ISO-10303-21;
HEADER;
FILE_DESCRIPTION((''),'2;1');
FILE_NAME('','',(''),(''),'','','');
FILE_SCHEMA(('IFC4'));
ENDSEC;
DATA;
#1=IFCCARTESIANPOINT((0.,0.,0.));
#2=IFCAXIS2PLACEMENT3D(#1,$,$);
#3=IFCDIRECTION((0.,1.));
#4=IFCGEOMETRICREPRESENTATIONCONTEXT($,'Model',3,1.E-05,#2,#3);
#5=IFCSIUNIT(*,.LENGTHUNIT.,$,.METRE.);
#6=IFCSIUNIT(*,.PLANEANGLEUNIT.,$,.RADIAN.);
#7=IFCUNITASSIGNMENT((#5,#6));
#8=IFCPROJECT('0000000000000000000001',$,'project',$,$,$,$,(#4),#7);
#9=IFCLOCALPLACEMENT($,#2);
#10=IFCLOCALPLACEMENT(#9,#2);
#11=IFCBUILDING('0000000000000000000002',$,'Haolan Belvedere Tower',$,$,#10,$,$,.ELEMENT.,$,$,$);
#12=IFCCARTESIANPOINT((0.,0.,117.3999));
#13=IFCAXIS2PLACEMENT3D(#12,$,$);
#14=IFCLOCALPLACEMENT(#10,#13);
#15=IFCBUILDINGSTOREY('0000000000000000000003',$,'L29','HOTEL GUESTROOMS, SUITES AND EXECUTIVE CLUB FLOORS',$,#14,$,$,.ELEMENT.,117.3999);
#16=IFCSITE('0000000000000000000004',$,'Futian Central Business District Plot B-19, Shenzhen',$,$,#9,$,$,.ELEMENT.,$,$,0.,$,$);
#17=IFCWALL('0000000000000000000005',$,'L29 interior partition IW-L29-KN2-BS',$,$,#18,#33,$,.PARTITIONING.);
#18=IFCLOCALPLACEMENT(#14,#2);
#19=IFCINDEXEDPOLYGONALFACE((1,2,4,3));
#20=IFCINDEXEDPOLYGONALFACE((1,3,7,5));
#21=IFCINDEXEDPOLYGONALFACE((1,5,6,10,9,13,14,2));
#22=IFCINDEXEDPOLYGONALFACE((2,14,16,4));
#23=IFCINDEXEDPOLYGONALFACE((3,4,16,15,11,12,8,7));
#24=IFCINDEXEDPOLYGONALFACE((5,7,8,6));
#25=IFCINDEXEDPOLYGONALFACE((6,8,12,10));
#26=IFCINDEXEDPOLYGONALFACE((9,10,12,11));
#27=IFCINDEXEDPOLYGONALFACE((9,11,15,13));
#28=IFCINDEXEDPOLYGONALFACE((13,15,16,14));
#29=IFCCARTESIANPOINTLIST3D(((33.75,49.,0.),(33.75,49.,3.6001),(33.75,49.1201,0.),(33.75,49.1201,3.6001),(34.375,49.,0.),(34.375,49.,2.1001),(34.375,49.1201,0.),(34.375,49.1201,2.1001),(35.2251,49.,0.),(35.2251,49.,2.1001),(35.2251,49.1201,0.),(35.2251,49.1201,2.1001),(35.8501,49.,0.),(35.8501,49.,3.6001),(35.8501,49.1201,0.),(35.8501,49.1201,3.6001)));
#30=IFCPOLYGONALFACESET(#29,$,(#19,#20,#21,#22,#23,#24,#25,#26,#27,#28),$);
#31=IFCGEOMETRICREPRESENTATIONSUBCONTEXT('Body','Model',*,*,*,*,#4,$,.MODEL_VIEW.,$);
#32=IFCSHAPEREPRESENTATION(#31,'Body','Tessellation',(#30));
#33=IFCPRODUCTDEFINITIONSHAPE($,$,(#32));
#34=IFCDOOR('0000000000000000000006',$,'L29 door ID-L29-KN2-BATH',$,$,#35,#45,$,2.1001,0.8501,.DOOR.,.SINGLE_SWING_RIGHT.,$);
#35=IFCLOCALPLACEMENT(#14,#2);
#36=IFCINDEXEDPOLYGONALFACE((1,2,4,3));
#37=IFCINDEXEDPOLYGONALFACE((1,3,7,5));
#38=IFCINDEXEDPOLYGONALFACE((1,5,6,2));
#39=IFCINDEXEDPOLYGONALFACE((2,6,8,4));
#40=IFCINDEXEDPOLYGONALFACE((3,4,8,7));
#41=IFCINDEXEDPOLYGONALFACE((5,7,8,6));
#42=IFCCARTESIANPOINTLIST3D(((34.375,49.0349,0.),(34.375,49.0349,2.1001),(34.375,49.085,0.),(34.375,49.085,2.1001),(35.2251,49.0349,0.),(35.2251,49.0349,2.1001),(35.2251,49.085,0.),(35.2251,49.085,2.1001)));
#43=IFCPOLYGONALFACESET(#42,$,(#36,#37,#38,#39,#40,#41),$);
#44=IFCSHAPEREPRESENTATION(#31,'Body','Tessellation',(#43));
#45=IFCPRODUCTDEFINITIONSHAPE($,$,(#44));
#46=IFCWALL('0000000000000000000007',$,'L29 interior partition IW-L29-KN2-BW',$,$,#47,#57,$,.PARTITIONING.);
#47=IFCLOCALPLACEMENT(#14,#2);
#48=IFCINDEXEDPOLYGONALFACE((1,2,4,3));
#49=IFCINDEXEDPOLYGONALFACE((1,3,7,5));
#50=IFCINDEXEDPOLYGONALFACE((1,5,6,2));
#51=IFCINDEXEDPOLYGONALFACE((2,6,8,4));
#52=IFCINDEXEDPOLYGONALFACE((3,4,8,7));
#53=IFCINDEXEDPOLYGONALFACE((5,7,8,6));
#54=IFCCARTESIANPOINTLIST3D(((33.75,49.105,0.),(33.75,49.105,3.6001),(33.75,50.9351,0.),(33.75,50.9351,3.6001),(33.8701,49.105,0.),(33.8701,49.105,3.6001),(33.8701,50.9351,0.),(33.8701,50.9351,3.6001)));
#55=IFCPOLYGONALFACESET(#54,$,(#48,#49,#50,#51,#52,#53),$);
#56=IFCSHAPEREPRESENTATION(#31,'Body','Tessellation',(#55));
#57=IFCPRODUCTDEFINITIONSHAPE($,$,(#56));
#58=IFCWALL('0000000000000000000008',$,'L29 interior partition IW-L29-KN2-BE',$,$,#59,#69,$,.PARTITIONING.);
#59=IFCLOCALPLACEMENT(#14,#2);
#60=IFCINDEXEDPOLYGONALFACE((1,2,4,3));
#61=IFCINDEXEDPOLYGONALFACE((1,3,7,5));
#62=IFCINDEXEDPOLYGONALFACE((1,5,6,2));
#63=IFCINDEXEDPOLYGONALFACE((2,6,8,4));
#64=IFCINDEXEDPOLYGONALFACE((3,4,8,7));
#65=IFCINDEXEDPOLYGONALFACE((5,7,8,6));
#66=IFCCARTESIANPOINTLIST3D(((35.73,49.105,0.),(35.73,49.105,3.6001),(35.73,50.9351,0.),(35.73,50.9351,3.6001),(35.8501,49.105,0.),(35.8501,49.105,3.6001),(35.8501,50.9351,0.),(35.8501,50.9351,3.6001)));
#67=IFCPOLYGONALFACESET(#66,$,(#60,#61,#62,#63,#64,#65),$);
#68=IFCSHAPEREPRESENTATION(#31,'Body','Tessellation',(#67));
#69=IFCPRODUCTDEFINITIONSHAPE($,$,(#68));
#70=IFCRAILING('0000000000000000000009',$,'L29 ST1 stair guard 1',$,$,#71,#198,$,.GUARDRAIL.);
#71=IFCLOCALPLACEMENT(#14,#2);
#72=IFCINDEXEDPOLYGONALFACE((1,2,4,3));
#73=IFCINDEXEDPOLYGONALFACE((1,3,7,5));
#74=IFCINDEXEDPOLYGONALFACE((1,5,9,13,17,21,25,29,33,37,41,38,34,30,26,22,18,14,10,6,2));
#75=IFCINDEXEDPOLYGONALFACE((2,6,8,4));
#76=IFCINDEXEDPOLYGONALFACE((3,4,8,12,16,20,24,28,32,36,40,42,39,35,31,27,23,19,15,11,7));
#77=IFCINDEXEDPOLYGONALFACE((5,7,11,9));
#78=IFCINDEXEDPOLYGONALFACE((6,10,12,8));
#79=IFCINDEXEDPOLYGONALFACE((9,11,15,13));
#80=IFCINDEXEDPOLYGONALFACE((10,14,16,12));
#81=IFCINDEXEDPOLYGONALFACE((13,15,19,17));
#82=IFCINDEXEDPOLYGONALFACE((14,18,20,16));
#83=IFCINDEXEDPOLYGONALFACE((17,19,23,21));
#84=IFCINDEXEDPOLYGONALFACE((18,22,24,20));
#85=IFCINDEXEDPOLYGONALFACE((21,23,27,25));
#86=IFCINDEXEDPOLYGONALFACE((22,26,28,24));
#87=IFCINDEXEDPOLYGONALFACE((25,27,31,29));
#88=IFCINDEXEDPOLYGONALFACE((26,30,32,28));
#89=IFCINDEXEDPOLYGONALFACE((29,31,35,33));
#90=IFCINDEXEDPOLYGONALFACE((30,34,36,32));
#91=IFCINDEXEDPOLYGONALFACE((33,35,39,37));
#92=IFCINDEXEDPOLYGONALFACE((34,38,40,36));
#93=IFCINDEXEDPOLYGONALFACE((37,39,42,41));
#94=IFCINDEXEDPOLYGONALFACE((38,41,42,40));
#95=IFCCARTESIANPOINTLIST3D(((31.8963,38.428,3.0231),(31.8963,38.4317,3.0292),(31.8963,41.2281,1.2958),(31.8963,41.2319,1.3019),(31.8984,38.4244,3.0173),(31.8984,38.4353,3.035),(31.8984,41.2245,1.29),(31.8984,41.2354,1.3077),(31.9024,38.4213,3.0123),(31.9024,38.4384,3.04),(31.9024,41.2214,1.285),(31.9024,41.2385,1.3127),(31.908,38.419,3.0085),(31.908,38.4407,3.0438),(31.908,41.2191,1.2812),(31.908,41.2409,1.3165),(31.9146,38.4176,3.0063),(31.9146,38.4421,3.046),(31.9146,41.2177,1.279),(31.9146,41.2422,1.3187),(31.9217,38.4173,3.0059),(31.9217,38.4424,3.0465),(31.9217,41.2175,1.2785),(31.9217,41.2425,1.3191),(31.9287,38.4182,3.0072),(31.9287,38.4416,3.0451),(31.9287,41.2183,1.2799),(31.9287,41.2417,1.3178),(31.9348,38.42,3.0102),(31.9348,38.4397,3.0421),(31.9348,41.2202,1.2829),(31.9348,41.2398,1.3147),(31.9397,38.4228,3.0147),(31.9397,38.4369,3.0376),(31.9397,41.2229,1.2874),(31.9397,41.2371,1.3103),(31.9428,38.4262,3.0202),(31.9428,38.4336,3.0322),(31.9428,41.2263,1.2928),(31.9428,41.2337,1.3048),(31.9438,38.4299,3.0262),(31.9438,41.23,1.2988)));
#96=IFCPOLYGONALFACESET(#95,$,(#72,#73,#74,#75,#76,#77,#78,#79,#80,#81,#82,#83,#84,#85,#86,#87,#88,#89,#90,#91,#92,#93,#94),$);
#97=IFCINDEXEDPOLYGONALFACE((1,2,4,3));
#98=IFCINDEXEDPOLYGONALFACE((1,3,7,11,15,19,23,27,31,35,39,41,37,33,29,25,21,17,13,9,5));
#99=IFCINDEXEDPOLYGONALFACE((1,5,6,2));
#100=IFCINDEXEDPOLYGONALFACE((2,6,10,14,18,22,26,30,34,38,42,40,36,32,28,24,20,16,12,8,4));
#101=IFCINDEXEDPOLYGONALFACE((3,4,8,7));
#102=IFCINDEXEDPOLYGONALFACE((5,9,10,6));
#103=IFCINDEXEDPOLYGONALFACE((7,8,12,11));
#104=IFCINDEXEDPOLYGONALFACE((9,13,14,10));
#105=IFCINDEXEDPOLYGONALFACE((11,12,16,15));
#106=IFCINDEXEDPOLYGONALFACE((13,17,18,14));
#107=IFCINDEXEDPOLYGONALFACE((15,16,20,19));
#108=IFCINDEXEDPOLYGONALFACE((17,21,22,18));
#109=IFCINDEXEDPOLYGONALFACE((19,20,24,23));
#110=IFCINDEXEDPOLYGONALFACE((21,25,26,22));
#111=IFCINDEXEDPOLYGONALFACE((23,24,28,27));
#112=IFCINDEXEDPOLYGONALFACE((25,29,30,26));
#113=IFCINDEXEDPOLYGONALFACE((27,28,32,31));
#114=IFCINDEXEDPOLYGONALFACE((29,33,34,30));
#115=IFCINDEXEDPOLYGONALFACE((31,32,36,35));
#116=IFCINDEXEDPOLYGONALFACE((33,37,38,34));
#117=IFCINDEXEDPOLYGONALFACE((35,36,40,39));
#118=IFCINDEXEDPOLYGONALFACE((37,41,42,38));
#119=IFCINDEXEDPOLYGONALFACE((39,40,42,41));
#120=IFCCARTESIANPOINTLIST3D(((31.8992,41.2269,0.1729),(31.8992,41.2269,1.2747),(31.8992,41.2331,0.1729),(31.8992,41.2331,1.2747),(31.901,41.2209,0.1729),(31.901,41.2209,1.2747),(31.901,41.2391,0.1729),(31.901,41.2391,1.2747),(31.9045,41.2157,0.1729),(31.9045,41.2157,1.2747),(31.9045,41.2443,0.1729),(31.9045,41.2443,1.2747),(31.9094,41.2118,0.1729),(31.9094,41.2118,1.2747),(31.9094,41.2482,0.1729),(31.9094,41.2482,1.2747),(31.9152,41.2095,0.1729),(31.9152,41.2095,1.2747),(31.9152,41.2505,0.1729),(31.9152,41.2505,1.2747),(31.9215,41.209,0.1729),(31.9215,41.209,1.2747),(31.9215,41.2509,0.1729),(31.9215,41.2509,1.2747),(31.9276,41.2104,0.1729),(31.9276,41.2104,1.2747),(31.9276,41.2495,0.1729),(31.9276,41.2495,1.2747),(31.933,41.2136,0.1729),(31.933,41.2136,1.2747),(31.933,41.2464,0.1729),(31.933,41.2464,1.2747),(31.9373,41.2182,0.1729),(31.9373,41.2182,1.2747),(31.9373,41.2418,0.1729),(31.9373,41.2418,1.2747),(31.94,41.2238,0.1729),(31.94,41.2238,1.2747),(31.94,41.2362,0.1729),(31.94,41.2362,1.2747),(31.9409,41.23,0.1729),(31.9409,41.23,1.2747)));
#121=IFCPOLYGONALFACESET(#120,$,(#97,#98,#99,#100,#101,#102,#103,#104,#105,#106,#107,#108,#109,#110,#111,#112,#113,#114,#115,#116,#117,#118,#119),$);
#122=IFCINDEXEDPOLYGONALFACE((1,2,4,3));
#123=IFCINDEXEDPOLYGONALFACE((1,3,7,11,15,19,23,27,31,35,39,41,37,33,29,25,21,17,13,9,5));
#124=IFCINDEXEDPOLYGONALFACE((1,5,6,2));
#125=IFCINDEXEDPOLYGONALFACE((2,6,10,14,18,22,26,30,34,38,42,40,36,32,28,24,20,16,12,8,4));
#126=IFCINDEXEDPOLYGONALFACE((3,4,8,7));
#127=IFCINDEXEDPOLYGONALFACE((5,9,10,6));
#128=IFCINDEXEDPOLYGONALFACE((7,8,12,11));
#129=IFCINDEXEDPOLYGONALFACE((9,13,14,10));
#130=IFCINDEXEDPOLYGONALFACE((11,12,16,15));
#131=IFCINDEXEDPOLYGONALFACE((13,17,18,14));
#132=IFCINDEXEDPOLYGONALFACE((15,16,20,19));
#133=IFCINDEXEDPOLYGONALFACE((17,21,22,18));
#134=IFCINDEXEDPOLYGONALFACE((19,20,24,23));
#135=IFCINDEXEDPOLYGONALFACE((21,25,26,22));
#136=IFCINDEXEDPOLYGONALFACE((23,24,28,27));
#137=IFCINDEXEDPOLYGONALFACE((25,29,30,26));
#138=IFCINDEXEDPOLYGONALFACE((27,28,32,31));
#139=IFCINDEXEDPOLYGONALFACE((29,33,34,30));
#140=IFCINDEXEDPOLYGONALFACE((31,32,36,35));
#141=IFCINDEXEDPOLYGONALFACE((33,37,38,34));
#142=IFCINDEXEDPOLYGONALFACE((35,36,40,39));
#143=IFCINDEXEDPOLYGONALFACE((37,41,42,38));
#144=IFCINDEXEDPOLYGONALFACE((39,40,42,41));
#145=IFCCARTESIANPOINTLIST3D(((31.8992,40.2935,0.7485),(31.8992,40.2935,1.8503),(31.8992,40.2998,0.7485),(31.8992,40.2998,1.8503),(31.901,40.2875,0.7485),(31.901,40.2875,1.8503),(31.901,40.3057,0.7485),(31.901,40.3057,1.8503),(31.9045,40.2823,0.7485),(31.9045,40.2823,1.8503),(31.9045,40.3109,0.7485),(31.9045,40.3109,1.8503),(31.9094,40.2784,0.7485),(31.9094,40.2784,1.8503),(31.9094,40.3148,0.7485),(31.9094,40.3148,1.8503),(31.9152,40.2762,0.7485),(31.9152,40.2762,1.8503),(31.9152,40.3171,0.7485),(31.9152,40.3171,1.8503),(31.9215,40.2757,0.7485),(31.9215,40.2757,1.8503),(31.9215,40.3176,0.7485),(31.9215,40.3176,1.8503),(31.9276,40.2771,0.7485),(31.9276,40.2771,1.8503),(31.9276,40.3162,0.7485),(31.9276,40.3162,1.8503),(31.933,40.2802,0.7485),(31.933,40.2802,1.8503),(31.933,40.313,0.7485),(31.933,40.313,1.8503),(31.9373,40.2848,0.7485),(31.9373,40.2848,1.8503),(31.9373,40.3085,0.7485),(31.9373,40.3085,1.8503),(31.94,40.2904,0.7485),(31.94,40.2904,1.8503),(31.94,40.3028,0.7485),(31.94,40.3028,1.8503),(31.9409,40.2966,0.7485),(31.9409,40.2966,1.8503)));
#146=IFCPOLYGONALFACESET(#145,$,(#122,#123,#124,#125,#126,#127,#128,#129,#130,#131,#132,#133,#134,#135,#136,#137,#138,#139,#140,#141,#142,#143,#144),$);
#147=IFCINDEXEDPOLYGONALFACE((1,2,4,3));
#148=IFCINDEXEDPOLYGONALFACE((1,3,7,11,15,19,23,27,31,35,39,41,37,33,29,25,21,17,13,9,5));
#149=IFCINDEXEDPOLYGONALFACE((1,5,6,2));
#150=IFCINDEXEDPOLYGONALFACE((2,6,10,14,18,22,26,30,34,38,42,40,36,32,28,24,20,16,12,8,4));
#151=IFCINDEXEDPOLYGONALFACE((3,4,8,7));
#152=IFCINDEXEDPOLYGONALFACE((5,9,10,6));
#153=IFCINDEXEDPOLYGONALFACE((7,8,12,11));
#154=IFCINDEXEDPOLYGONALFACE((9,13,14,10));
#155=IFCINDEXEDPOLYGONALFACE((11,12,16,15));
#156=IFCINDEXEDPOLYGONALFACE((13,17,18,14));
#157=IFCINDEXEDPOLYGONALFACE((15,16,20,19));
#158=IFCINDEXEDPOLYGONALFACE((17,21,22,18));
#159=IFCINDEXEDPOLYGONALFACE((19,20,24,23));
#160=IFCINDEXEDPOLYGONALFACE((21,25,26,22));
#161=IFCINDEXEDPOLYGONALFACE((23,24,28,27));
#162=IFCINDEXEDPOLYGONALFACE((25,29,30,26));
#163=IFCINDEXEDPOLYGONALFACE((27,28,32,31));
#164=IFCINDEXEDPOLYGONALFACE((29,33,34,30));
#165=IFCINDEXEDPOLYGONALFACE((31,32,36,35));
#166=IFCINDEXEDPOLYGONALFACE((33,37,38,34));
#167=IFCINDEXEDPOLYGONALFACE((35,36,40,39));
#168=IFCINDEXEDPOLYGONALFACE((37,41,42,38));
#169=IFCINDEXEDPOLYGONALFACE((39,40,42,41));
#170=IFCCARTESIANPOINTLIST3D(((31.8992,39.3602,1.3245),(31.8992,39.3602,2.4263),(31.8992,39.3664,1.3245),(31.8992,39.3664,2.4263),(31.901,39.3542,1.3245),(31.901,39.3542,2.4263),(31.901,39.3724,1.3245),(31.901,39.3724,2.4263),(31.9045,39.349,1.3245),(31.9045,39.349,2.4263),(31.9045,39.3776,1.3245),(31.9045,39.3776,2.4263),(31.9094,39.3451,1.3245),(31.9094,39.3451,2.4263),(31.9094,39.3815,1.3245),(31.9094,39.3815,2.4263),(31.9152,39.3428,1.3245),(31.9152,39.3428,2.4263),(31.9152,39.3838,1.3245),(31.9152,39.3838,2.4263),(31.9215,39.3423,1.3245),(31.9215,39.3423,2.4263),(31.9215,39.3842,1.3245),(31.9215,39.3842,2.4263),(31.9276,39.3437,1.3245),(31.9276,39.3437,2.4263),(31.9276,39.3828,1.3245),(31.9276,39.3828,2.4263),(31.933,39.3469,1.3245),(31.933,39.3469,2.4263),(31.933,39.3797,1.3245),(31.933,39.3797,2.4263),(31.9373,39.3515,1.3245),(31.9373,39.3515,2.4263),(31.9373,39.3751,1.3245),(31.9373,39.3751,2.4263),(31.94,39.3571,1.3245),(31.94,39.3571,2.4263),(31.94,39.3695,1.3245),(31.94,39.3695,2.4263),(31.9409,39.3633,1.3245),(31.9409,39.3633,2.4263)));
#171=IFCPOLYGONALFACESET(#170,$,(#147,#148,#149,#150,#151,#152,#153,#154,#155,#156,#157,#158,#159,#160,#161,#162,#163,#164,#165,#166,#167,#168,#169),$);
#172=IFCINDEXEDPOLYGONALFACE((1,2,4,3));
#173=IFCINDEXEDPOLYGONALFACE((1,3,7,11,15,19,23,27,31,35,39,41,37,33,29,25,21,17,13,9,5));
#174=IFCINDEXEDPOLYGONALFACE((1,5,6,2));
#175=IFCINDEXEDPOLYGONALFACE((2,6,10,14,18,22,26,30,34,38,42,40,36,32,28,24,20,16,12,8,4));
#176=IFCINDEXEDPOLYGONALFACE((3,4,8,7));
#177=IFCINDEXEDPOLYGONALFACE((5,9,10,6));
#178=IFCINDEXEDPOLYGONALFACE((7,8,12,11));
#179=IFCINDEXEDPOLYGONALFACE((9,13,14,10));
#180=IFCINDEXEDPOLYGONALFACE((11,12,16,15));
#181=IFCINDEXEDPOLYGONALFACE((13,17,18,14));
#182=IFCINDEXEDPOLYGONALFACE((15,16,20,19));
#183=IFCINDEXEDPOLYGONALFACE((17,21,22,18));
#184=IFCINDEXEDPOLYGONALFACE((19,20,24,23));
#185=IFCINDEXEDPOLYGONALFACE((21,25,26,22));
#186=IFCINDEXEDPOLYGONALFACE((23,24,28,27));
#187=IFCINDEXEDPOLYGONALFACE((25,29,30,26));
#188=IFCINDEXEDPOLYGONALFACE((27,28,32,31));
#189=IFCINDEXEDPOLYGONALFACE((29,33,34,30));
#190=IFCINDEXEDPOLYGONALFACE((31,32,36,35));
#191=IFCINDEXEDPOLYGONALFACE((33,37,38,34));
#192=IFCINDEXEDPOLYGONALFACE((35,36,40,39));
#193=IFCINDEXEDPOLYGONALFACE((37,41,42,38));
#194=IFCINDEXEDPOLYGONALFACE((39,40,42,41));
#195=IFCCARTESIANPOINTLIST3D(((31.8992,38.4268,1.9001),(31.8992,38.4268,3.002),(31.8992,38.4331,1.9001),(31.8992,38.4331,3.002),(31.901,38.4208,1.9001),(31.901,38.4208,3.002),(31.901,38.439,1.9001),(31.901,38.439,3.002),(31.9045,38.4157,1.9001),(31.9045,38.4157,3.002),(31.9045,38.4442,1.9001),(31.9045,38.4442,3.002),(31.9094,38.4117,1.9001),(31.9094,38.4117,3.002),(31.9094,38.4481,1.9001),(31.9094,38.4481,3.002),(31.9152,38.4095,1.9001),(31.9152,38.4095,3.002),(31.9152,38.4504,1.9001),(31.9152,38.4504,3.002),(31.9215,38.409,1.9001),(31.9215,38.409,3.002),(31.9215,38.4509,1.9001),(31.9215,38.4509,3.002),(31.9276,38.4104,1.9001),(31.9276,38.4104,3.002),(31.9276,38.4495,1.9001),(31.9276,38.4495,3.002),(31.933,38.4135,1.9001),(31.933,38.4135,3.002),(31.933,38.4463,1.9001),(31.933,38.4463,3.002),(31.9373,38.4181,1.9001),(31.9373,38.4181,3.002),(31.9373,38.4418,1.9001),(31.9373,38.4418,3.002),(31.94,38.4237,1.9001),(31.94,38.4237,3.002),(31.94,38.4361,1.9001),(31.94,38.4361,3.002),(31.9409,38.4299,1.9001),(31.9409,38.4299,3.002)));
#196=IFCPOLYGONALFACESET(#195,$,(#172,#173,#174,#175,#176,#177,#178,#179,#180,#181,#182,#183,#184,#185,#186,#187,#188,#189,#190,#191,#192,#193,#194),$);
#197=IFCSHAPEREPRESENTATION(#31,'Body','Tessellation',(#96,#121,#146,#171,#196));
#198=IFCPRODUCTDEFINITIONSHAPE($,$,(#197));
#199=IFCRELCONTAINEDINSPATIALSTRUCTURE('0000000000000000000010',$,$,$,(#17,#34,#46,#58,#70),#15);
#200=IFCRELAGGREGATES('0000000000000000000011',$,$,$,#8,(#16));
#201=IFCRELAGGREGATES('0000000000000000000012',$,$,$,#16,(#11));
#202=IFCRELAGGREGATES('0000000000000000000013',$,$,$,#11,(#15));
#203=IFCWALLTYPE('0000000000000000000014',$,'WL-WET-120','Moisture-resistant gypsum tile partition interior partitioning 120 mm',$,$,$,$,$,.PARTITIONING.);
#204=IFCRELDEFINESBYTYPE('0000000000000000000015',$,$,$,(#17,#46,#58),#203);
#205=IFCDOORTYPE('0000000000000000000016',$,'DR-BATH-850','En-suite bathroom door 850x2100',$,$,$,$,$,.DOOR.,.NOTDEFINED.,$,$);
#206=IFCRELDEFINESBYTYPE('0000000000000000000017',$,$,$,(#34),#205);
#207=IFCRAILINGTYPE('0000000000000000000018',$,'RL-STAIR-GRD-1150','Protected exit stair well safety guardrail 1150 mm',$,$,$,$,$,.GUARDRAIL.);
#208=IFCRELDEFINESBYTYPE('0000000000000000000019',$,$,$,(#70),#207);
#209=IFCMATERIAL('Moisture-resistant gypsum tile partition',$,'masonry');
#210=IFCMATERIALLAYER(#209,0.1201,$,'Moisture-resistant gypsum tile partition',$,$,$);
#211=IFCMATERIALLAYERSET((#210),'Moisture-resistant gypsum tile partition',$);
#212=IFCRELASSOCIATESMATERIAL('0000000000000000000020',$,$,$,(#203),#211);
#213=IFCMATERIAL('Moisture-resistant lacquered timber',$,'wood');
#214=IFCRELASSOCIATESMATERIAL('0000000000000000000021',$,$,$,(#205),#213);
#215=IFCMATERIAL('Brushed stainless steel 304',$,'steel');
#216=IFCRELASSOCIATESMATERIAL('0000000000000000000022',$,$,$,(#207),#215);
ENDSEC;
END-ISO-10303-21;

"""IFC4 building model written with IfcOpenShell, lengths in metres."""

from ifc_helpers import new_model, si_unit, direction, frame, frame_2d, origin, origin_2d, place, context, subcontext, project, spatial, rectangle, circle, extrude, material, layer, layer_set, type_object, element, fill, save


model = new_model("IFC4")

# Units and contexts
model_context = context("Model", 3, precision=1e-05, world=origin(), true_north=direction((0.0, 1.0)))
body_context = subcontext(model_context, "Body", "Model", "MODEL_VIEW")
ifc_project = project(units=[si_unit("LENGTHUNIT", "METRE"), si_unit("PLANEANGLEUNIT", "RADIAN")], contexts=[model_context])

# Site, building, storey
site_placement = place(None, origin())
site = spatial("IfcSite", under=ifc_project, at=site_placement, Name="Futian Central Business District Plot B-19, Shenzhen", CompositionType="ELEMENT", RefElevation=0.0)
building_placement = place(site_placement, origin())
building = spatial("IfcBuilding", under=site, at=building_placement, Name="Haolan Belvedere Tower", CompositionType="ELEMENT")
storey_placement = place(building_placement, frame((0.0, 0.0, 117.3999)))
storey = spatial("IfcBuildingStorey", under=building, at=storey_placement, Name="L29", Description="HOTEL GUESTROOMS, SUITES AND EXECUTIVE CLUB FLOORS", CompositionType="ELEMENT", Elevation=117.3999)

# Shared definitions
ifc_material_1 = material(Name="Moisture-resistant gypsum tile partition", Category="masonry")
ifc_layer_1 = layer(ifc_material_1, 0.1201, Name="Moisture-resistant gypsum tile partition")
ifc_layer_set_1 = layer_set([ifc_layer_1], Name="Moisture-resistant gypsum tile partition")
wall_type_1 = type_object("IfcWallType", Name="WL-WET-120", Description="Moisture-resistant gypsum tile partition interior partitioning 120 mm", PredefinedType="PARTITIONING", material=ifc_layer_set_1)

# Wall, opening, door
wall_1_placement = place(storey_placement, frame((33.75, 49.0601, 0.0), z_axis=(0.0, 0.0, 1.0), x_axis=(1.0, 0.0, 0.0)))
wall_1 = element("IfcWall", 1, at=wall_1_placement, inside=storey, type_object=wall_type_1, Name="L29 interior partition IW-L29-KN2-BS", PredefinedType="PARTITIONING", context=body_context, shape_type="SweptSolid", body=[
    extrude(rectangle(XDim=2.1001, YDim=0.1201, at=frame_2d((1.05, 0.0))), origin(), (0.0, 0.0, 1.0), 3.6001),
])
opening_1_placement = place(wall_1_placement, frame((0.625, 0.0, 0.0)))
opening_1 = element("IfcOpeningElement", 2, at=opening_1_placement, cuts=wall_1, PredefinedType="OPENING", context=body_context, shape_type="SweptSolid", body=[
    extrude(rectangle(XDim=0.8501, YDim=2.1001, at=frame_2d((0.425, 1.05))), frame((0.0, 0.0701, 0.0), z_axis=(0.0, -1.0, 0.0), x_axis=(1.0, 0.0, 0.0)), (0.0, 0.0, 1.0), 0.1401),
])
ifc_material_2 = material(Name="Moisture-resistant lacquered timber", Category="wood")
door_type_1 = type_object("IfcDoorType", Name="DR-BATH-850", Description="En-suite bathroom door 850x2100", OperationType="NOTDEFINED", PredefinedType="DOOR", material=ifc_material_2)
door_1_placement = place(opening_1_placement, origin())
door_1 = element("IfcDoor", 3, at=door_1_placement, inside=storey, type_object=door_type_1, Name="L29 door ID-L29-KN2-BATH", OperationType="SINGLE_SWING_RIGHT", OverallHeight=2.1001, OverallWidth=0.8501, PredefinedType="DOOR", context=body_context, shape_type="SweptSolid", body=[
    extrude(rectangle(XDim=0.8501, YDim=2.1001, at=frame_2d((0.425, 1.05))), frame((0.0, 0.0249, 0.0), z_axis=(0.0, -1.0, 0.0), x_axis=(1.0, 0.0, 0.0)), (0.0, 0.0, 1.0), 0.05),
])
fill(opening_1, door_1)

# Walls
for number, where, z_axis, x_axis, name in (
    (4, (33.8101, 49.105, 0.0), (0.0, 0.0, 1.0), (0.0, 1.0, 0.0), "L29 interior partition IW-L29-KN2-BW"),
    (5, (35.79, 49.105, 0.0), (0.0, 0.0, 1.0), (0.0, 1.0, 0.0), "L29 interior partition IW-L29-KN2-BE"),
):
    element("IfcWall", number, at=place(storey_placement, frame(where, z_axis=z_axis, x_axis=x_axis)), inside=storey, type_object=wall_type_1, Name=name, PredefinedType="PARTITIONING", context=body_context, shape_type="SweptSolid", body=[
        extrude(rectangle(XDim=1.8301, YDim=0.1201, at=frame_2d((0.915, 0.0))), origin(), (0.0, 0.0, 1.0), 3.6001),
    ])

# Railing
ifc_material_3 = material(Name="Brushed stainless steel 304", Category="steel")
railing_type = type_object("IfcRailingType", Name="RL-STAIR-GRD-1150", Description="Protected exit stair well safety guardrail 1150 mm", PredefinedType="GUARDRAIL", material=ifc_material_3)
railing_1_placement = place(storey_placement, frame((31.9199, 41.23, 0.1729)))
element("IfcRailing", 6, at=railing_1_placement, inside=storey, type_object=railing_type, Name="L29 ST1 stair guard 1", PredefinedType="GUARDRAIL", context=body_context, shape_type="SweptSolid", body=[
    extrude(circle(Radius=0.0239, at=origin_2d()), frame((0.0, 0.0, 1.126), z_axis=(0.0, -0.85109, 0.52502), x_axis=(1.0, 0.0, 0.0)), (0.0, 0.0, 1.0), 3.29),
    extrude(circle(Radius=0.021, at=origin_2d()), origin(), (0.0, 0.0, 1.0), 1.1018),
    extrude(circle(Radius=0.021, at=origin_2d()), frame((0.0, -0.9333, 0.5757)), (0.0, 0.0, 1.0), 1.1018),
    extrude(circle(Radius=0.021, at=origin_2d()), frame((0.0, -1.8667, 1.1516)), (0.0, 0.0, 1.0), 1.1018),
    extrude(circle(Radius=0.021, at=origin_2d()), frame((0.0, -2.8, 1.7273)), (0.0, 0.0, 1.0), 1.1018),
])

save(model, "model.ifc")
